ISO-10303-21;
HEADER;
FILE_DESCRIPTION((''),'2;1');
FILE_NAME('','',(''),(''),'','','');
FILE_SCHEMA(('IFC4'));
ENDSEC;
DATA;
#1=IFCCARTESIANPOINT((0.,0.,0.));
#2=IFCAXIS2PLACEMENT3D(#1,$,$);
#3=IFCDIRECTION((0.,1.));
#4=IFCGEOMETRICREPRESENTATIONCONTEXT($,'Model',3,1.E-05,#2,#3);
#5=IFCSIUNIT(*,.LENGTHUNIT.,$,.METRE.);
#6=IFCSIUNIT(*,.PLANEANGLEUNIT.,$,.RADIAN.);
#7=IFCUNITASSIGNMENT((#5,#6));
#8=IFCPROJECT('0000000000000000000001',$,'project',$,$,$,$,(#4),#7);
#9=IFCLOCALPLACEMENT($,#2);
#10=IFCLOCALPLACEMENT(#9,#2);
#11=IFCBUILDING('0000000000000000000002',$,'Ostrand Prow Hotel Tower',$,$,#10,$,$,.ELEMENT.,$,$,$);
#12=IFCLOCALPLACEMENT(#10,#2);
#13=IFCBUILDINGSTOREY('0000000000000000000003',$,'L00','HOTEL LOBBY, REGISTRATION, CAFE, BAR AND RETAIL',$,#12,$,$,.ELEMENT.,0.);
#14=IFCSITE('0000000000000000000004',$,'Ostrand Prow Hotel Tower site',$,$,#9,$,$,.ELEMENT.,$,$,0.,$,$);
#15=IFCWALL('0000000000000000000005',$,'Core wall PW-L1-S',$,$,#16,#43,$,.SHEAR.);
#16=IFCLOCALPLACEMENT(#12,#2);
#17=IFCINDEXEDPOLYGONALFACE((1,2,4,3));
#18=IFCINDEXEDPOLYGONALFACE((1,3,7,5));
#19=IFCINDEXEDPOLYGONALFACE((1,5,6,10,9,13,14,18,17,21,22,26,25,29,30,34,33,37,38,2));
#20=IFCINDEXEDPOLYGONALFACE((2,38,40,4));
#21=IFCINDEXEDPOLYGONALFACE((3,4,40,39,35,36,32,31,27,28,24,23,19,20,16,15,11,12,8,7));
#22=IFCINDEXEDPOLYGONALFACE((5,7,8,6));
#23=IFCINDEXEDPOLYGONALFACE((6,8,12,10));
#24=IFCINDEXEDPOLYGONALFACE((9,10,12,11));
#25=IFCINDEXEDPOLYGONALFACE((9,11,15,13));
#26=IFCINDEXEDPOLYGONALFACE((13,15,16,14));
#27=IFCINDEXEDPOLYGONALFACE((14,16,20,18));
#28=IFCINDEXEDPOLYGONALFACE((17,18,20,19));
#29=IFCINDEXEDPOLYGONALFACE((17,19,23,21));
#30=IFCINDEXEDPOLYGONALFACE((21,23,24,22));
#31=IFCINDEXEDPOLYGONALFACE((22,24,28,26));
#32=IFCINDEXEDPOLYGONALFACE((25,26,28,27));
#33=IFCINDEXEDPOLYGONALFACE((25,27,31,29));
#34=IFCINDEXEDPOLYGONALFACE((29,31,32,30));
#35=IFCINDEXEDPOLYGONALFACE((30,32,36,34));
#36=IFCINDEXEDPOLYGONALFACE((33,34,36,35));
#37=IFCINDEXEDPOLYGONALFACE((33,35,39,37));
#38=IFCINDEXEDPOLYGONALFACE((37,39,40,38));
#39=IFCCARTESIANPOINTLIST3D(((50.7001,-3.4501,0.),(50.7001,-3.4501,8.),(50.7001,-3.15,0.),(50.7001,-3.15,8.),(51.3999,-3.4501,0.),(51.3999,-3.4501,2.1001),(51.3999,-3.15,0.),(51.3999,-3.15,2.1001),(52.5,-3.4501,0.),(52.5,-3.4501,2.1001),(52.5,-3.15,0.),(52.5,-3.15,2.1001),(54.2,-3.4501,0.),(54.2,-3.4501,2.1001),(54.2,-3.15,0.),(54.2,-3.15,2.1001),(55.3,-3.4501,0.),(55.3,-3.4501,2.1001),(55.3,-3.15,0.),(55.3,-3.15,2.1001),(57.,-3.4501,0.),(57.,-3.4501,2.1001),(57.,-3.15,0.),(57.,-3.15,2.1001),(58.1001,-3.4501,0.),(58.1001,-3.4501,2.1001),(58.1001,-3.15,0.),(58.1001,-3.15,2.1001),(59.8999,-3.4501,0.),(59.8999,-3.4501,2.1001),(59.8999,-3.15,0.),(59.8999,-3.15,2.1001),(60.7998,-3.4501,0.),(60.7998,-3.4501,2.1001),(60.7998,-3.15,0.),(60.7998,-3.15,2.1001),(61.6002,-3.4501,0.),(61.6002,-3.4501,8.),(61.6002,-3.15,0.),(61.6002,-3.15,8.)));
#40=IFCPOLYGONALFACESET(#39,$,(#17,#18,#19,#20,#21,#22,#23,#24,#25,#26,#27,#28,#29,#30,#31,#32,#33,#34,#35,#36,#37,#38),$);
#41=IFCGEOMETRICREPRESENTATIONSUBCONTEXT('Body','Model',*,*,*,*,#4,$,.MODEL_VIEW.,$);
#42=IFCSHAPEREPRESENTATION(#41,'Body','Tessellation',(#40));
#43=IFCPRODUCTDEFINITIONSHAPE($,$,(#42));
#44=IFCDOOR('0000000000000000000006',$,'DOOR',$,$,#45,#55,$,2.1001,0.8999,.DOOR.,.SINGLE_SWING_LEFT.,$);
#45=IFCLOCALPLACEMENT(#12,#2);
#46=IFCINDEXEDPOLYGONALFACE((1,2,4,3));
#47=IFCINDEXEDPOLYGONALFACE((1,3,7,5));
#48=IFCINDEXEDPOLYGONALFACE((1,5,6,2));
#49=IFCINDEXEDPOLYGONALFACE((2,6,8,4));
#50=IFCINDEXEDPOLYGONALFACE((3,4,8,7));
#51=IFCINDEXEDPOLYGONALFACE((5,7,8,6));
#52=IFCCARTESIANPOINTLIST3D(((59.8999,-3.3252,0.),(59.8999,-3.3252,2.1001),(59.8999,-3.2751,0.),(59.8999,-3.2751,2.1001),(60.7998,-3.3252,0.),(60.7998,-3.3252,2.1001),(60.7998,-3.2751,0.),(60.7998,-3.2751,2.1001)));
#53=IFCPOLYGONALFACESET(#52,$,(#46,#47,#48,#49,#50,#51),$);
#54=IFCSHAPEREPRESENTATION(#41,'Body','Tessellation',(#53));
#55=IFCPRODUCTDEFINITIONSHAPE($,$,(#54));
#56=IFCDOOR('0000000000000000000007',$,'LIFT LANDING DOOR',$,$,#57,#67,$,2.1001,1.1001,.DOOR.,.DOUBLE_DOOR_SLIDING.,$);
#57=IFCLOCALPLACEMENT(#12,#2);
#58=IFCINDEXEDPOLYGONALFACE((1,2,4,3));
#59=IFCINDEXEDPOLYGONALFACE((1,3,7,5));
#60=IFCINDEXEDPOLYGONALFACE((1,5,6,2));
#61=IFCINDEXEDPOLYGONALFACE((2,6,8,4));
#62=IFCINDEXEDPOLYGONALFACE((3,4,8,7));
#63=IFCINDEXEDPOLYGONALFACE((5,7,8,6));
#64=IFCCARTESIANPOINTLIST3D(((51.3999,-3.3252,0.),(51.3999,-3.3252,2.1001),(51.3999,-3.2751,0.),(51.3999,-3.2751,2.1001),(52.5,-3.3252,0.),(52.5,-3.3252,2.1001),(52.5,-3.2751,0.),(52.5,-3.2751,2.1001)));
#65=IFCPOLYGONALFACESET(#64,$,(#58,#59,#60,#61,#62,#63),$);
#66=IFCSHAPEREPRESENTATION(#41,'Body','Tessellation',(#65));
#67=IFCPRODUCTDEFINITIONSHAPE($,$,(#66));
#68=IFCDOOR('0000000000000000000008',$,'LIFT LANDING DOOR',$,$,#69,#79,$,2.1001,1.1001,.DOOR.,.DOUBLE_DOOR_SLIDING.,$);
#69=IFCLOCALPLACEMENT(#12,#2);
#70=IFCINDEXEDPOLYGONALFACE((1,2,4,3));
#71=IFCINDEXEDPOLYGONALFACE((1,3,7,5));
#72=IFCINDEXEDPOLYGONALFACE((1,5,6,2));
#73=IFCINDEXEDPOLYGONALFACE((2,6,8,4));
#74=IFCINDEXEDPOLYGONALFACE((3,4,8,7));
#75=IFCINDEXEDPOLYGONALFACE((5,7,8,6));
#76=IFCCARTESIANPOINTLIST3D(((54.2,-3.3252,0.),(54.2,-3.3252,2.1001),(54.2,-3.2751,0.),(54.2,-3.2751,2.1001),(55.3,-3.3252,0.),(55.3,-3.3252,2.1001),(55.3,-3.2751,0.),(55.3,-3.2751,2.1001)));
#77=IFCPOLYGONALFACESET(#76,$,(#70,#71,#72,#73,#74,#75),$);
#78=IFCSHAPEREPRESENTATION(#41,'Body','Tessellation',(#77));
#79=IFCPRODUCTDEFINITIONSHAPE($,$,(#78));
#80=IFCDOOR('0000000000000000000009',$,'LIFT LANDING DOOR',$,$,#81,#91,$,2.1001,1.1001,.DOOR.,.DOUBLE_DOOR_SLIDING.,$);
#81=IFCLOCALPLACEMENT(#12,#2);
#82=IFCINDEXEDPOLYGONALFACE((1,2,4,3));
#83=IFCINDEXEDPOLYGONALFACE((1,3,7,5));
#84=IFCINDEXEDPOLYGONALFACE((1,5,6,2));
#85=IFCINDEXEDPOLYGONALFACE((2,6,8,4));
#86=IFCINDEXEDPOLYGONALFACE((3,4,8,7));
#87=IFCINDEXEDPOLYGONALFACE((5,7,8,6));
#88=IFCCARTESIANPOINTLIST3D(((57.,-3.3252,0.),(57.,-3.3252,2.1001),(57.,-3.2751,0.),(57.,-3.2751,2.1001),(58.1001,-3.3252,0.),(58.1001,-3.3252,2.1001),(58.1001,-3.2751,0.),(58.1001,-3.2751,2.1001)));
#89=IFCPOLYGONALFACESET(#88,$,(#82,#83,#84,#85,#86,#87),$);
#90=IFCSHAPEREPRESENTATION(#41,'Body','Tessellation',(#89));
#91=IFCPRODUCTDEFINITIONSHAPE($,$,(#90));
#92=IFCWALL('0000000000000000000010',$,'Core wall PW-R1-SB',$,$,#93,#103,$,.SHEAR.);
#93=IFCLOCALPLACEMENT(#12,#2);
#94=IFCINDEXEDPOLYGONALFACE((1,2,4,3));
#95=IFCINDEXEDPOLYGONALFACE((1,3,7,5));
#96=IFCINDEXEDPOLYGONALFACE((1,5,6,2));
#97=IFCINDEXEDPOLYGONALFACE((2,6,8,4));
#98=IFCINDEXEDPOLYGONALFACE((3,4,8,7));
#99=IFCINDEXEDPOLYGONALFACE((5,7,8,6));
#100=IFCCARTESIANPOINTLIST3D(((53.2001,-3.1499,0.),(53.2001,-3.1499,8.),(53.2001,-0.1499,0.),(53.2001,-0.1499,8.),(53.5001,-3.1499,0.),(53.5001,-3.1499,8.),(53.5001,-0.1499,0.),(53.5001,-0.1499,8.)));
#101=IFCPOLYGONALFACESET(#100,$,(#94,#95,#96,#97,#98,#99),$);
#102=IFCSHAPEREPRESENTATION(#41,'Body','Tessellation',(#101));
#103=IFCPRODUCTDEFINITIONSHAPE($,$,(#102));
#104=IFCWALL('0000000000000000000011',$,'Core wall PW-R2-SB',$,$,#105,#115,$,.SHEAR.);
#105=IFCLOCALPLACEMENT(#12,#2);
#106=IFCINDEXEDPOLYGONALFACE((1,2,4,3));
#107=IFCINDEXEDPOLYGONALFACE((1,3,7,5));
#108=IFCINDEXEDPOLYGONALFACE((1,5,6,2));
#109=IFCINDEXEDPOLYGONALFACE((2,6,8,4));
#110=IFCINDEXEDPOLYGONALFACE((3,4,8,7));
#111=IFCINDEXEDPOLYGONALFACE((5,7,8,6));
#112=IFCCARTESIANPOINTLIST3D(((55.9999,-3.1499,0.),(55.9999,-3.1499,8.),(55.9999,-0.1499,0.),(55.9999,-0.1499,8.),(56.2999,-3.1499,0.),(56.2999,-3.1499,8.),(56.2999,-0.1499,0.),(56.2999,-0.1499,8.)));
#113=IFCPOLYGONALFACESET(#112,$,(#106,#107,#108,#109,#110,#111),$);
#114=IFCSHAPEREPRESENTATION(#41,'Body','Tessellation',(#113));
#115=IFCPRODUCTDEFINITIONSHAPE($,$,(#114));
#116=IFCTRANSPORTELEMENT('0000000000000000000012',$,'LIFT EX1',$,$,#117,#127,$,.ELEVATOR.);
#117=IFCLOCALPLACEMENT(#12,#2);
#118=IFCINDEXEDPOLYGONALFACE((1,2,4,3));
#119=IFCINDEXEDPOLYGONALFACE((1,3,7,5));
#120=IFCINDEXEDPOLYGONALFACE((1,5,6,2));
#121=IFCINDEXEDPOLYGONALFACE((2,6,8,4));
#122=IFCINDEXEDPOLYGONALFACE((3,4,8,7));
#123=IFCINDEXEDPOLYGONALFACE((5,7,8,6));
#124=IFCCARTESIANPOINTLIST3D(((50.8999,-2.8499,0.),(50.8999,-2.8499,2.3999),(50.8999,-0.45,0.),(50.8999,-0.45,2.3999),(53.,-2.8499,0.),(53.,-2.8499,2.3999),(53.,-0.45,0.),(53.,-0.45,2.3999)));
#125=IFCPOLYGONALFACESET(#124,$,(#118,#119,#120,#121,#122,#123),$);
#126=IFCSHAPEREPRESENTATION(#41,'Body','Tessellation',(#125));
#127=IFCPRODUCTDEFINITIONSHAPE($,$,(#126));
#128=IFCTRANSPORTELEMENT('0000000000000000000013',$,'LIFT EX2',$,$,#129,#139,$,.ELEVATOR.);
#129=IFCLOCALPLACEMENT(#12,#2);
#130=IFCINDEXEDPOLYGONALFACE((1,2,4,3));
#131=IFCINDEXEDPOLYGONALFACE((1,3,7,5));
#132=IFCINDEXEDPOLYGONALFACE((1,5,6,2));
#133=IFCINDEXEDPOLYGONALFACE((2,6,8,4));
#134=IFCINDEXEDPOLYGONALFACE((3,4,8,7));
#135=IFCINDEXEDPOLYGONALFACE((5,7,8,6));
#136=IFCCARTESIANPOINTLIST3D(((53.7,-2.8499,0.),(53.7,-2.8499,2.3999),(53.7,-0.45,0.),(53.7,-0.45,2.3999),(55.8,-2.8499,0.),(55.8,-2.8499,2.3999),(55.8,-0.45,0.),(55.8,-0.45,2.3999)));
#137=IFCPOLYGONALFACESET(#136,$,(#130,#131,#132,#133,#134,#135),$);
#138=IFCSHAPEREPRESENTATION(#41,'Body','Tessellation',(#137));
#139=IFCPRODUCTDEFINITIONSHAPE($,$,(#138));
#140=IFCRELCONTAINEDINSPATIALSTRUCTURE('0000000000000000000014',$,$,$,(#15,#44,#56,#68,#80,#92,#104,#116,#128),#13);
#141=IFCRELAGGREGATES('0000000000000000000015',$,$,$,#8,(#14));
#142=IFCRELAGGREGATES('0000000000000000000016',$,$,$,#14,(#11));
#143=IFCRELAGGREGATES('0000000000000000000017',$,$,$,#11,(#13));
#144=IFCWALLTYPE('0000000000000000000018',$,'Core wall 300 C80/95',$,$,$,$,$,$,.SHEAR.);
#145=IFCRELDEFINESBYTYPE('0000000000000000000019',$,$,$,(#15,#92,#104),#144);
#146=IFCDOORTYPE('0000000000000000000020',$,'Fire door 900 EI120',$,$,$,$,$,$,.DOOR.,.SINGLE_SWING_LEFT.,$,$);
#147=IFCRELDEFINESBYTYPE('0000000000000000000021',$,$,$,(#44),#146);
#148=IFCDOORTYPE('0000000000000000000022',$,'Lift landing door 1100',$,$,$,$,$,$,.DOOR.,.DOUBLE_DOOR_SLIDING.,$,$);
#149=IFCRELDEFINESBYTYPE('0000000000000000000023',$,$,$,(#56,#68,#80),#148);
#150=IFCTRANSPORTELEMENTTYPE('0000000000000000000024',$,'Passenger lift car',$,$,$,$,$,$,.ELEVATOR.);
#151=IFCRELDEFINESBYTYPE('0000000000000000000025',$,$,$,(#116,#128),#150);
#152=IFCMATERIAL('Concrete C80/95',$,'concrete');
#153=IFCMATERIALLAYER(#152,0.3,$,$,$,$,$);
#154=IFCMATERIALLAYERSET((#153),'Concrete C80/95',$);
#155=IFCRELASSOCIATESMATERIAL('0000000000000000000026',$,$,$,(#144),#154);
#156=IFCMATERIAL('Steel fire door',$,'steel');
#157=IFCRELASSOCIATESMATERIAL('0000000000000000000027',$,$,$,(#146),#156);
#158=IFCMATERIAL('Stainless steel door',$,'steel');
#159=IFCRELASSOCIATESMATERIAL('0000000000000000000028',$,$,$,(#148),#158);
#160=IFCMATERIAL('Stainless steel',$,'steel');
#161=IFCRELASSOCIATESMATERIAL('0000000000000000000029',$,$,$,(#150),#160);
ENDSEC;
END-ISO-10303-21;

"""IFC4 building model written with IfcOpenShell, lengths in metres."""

from ifc_helpers import new_model, si_unit, direction, frame, frame_2d, origin, origin_2d, place, context, subcontext, project, spatial, rectangle, extrude, material, layer, layer_set, type_object, element, fill, save


model = new_model("IFC4")

# Units and contexts
model_context = context("Model", 3, precision=1e-05, world=origin(), true_north=direction((0.0, 1.0)))
body_context = subcontext(model_context, "Body", "Model", "MODEL_VIEW")
ifc_project = project(units=[si_unit("LENGTHUNIT", "METRE"), si_unit("PLANEANGLEUNIT", "RADIAN")], contexts=[model_context])

# Site, building, storey
site_placement = place(None, origin())
site = spatial("IfcSite", under=ifc_project, at=site_placement, Name="Ostrand Prow Hotel Tower site", CompositionType="ELEMENT", RefElevation=0.0)
building_placement = place(site_placement, origin())
building = spatial("IfcBuilding", under=site, at=building_placement, Name="Ostrand Prow Hotel Tower", CompositionType="ELEMENT")
storey_placement = place(building_placement, origin())
storey = spatial("IfcBuildingStorey", under=building, at=storey_placement, Name="L00", Description="HOTEL LOBBY, REGISTRATION, CAFE, BAR AND RETAIL", CompositionType="ELEMENT", Elevation=0.0)

# Shared definitions
ifc_material_1 = material(Name="Concrete C80/95", Category="concrete")
ifc_layer = layer(ifc_material_1, 0.3)
ifc_layer_set = layer_set([ifc_layer], Name="Concrete C80/95")
wall_type = type_object("IfcWallType", Name="Core wall 300 C80/95", PredefinedType="SHEAR", material=ifc_layer_set)

# Shared definitions
ifc_material_2 = material(Name="Steel fire door", Category="steel")
door_type_1 = type_object("IfcDoorType", Name="Fire door 900 EI120", OperationType="SINGLE_SWING_LEFT", PredefinedType="DOOR", material=ifc_material_2)

# Wall, openings, doors
wall_1_placement = place(storey_placement, frame((50.7, -3.3, 0.0), z_axis=(0.0, 0.0, 1.0), x_axis=(1.0, 0.0, 0.0)))
wall_1 = element("IfcWall", 1, at=wall_1_placement, inside=storey, type_object=wall_type, Name="Core wall PW-L1-S", PredefinedType="SHEAR", context=body_context, shape_type="SweptSolid", body=[
    extrude(rectangle(XDim=10.9001, YDim=0.3, at=frame_2d((5.4502, 0.0))), origin(), (0.0, 0.0, 1.0), 8.0),
])
opening_1_placement = place(wall_1_placement, frame((0.7, 0.0, 0.0)))
opening_1 = element("IfcOpeningElement", 2, at=opening_1_placement, cuts=wall_1, PredefinedType="OPENING", context=body_context, shape_type="SweptSolid", body=[
    extrude(rectangle(XDim=1.1001, YDim=2.1001, at=frame_2d((0.55, 1.05))), frame((0.0, 0.1599, 0.0), z_axis=(0.0, -1.0, 0.0), x_axis=(1.0, 0.0, 0.0)), (0.0, 0.0, 1.0), 0.3201),
])
opening_2_placement = place(wall_1_placement, frame((3.5, 0.0, 0.0)))
opening_2 = element("IfcOpeningElement", 3, at=opening_2_placement, cuts=wall_1, PredefinedType="OPENING", context=body_context, shape_type="SweptSolid", body=[
    extrude(rectangle(XDim=1.1001, YDim=2.1001, at=frame_2d((0.55, 1.05))), frame((0.0, 0.1599, 0.0), z_axis=(0.0, -1.0, 0.0), x_axis=(1.0, 0.0, 0.0)), (0.0, 0.0, 1.0), 0.3201),
])
opening_3_placement = place(wall_1_placement, frame((6.3, 0.0, 0.0)))
opening_3 = element("IfcOpeningElement", 4, at=opening_3_placement, cuts=wall_1, PredefinedType="OPENING", context=body_context, shape_type="SweptSolid", body=[
    extrude(rectangle(XDim=1.1001, YDim=2.1001, at=frame_2d((0.55, 1.05))), frame((0.0, 0.1599, 0.0), z_axis=(0.0, -1.0, 0.0), x_axis=(1.0, 0.0, 0.0)), (0.0, 0.0, 1.0), 0.3201),
])
opening_4_placement = place(wall_1_placement, frame((9.2, 0.0, 0.0)))
opening_4 = element("IfcOpeningElement", 5, at=opening_4_placement, cuts=wall_1, PredefinedType="OPENING", context=body_context, shape_type="SweptSolid", body=[
    extrude(rectangle(XDim=0.8999, YDim=2.1001, at=frame_2d((0.45, 1.05))), frame((0.0, 0.1599, 0.0), z_axis=(0.0, -1.0, 0.0), x_axis=(1.0, 0.0, 0.0)), (0.0, 0.0, 1.0), 0.3201),
])
door_1_placement = place(opening_4_placement, origin())
door_1 = element("IfcDoor", 6, at=door_1_placement, inside=storey, type_object=door_type_1, Name="DOOR", OperationType="SINGLE_SWING_LEFT", OverallHeight=2.1001, OverallWidth=0.8999, PredefinedType="DOOR", context=body_context, shape_type="SweptSolid", body=[
    extrude(rectangle(XDim=0.8999, YDim=2.1001, at=frame_2d((0.45, 1.05))), frame((0.0, 0.0249, 0.0), z_axis=(0.0, -1.0, 0.0), x_axis=(1.0, 0.0, 0.0)), (0.0, 0.0, 1.0), 0.05),
])
fill(opening_4, door_1)
ifc_material_3 = material(Name="Stainless steel door", Category="steel")
door_type_2 = type_object("IfcDoorType", Name="Lift landing door 1100", OperationType="DOUBLE_DOOR_SLIDING", PredefinedType="DOOR", material=ifc_material_3)
door_2_placement = place(opening_1_placement, origin())
door_2 = element("IfcDoor", 7, at=door_2_placement, inside=storey, type_object=door_type_2, Name="LIFT LANDING DOOR", OperationType="DOUBLE_DOOR_SLIDING", OverallHeight=2.1001, OverallWidth=1.1001, PredefinedType="DOOR", context=body_context, shape_type="SweptSolid", body=[
    extrude(rectangle(XDim=1.1001, YDim=2.1001, at=frame_2d((0.55, 1.05))), frame((0.0, 0.0249, 0.0), z_axis=(0.0, -1.0, 0.0), x_axis=(1.0, 0.0, 0.0)), (0.0, 0.0, 1.0), 0.05),
])
fill(opening_1, door_2)
door_3_placement = place(opening_2_placement, origin())
door_3 = element("IfcDoor", 8, at=door_3_placement, inside=storey, type_object=door_type_2, Name="LIFT LANDING DOOR", OperationType="DOUBLE_DOOR_SLIDING", OverallHeight=2.1001, OverallWidth=1.1001, PredefinedType="DOOR", context=body_context, shape_type="SweptSolid", body=[
    extrude(rectangle(XDim=1.1001, YDim=2.1001, at=frame_2d((0.55, 1.05))), frame((0.0, 0.0249, 0.0), z_axis=(0.0, -1.0, 0.0), x_axis=(1.0, 0.0, 0.0)), (0.0, 0.0, 1.0), 0.05),
])
fill(opening_2, door_3)
door_4_placement = place(opening_3_placement, origin())
door_4 = element("IfcDoor", 9, at=door_4_placement, inside=storey, type_object=door_type_2, Name="LIFT LANDING DOOR", OperationType="DOUBLE_DOOR_SLIDING", OverallHeight=2.1001, OverallWidth=1.1001, PredefinedType="DOOR", context=body_context, shape_type="SweptSolid", body=[
    extrude(rectangle(XDim=1.1001, YDim=2.1001, at=frame_2d((0.55, 1.05))), frame((0.0, 0.0249, 0.0), z_axis=(0.0, -1.0, 0.0), x_axis=(1.0, 0.0, 0.0)), (0.0, 0.0, 1.0), 0.05),
])
fill(opening_3, door_4)

# Walls
for number, where, z_axis, x_axis, name in (
    (10, (53.3501, -3.1499, 0.0), (0.0, 0.0, 1.0), (0.0, 1.0, 0.0), "Core wall PW-R1-SB"),
    (11, (56.1499, -3.1499, 0.0), (0.0, 0.0, 1.0), (0.0, 1.0, 0.0), "Core wall PW-R2-SB"),
):
    element("IfcWall", number, at=place(storey_placement, frame(where, z_axis=z_axis, x_axis=x_axis)), inside=storey, type_object=wall_type, Name=name, PredefinedType="SHEAR", context=body_context, shape_type="SweptSolid", body=[
        extrude(rectangle(XDim=3.0, YDim=0.3, at=frame_2d((1.5, 0.0))), origin(), (0.0, 0.0, 1.0), 8.0),
    ])

# Transport elements
ifc_material_4 = material(Name="Stainless steel", Category="steel")
transport_element_type = type_object("IfcTransportElementType", Name="Passenger lift car", PredefinedType="ELEVATOR", material=ifc_material_4)
for number, where, z_axis, x_axis, name in (
    (12, (51.95, -1.6499, 0.0), (0.0, 0.0, 1.0), (1.0, 0.0, 0.0), "LIFT EX1"),
    (13, (54.75, -1.6499, 0.0), (0.0, 0.0, 1.0), (1.0, 0.0, 0.0), "LIFT EX2"),
):
    element("IfcTransportElement", number, at=place(storey_placement, frame(where, z_axis=z_axis, x_axis=x_axis)), inside=storey, type_object=transport_element_type, Name=name, PredefinedType="ELEVATOR", context=body_context, shape_type="SweptSolid", body=[
        extrude(rectangle(XDim=2.1001, YDim=2.3999, at=origin_2d()), origin(), (0.0, 0.0, 1.0), 2.3999),
    ])

save(model, "model.ifc")
